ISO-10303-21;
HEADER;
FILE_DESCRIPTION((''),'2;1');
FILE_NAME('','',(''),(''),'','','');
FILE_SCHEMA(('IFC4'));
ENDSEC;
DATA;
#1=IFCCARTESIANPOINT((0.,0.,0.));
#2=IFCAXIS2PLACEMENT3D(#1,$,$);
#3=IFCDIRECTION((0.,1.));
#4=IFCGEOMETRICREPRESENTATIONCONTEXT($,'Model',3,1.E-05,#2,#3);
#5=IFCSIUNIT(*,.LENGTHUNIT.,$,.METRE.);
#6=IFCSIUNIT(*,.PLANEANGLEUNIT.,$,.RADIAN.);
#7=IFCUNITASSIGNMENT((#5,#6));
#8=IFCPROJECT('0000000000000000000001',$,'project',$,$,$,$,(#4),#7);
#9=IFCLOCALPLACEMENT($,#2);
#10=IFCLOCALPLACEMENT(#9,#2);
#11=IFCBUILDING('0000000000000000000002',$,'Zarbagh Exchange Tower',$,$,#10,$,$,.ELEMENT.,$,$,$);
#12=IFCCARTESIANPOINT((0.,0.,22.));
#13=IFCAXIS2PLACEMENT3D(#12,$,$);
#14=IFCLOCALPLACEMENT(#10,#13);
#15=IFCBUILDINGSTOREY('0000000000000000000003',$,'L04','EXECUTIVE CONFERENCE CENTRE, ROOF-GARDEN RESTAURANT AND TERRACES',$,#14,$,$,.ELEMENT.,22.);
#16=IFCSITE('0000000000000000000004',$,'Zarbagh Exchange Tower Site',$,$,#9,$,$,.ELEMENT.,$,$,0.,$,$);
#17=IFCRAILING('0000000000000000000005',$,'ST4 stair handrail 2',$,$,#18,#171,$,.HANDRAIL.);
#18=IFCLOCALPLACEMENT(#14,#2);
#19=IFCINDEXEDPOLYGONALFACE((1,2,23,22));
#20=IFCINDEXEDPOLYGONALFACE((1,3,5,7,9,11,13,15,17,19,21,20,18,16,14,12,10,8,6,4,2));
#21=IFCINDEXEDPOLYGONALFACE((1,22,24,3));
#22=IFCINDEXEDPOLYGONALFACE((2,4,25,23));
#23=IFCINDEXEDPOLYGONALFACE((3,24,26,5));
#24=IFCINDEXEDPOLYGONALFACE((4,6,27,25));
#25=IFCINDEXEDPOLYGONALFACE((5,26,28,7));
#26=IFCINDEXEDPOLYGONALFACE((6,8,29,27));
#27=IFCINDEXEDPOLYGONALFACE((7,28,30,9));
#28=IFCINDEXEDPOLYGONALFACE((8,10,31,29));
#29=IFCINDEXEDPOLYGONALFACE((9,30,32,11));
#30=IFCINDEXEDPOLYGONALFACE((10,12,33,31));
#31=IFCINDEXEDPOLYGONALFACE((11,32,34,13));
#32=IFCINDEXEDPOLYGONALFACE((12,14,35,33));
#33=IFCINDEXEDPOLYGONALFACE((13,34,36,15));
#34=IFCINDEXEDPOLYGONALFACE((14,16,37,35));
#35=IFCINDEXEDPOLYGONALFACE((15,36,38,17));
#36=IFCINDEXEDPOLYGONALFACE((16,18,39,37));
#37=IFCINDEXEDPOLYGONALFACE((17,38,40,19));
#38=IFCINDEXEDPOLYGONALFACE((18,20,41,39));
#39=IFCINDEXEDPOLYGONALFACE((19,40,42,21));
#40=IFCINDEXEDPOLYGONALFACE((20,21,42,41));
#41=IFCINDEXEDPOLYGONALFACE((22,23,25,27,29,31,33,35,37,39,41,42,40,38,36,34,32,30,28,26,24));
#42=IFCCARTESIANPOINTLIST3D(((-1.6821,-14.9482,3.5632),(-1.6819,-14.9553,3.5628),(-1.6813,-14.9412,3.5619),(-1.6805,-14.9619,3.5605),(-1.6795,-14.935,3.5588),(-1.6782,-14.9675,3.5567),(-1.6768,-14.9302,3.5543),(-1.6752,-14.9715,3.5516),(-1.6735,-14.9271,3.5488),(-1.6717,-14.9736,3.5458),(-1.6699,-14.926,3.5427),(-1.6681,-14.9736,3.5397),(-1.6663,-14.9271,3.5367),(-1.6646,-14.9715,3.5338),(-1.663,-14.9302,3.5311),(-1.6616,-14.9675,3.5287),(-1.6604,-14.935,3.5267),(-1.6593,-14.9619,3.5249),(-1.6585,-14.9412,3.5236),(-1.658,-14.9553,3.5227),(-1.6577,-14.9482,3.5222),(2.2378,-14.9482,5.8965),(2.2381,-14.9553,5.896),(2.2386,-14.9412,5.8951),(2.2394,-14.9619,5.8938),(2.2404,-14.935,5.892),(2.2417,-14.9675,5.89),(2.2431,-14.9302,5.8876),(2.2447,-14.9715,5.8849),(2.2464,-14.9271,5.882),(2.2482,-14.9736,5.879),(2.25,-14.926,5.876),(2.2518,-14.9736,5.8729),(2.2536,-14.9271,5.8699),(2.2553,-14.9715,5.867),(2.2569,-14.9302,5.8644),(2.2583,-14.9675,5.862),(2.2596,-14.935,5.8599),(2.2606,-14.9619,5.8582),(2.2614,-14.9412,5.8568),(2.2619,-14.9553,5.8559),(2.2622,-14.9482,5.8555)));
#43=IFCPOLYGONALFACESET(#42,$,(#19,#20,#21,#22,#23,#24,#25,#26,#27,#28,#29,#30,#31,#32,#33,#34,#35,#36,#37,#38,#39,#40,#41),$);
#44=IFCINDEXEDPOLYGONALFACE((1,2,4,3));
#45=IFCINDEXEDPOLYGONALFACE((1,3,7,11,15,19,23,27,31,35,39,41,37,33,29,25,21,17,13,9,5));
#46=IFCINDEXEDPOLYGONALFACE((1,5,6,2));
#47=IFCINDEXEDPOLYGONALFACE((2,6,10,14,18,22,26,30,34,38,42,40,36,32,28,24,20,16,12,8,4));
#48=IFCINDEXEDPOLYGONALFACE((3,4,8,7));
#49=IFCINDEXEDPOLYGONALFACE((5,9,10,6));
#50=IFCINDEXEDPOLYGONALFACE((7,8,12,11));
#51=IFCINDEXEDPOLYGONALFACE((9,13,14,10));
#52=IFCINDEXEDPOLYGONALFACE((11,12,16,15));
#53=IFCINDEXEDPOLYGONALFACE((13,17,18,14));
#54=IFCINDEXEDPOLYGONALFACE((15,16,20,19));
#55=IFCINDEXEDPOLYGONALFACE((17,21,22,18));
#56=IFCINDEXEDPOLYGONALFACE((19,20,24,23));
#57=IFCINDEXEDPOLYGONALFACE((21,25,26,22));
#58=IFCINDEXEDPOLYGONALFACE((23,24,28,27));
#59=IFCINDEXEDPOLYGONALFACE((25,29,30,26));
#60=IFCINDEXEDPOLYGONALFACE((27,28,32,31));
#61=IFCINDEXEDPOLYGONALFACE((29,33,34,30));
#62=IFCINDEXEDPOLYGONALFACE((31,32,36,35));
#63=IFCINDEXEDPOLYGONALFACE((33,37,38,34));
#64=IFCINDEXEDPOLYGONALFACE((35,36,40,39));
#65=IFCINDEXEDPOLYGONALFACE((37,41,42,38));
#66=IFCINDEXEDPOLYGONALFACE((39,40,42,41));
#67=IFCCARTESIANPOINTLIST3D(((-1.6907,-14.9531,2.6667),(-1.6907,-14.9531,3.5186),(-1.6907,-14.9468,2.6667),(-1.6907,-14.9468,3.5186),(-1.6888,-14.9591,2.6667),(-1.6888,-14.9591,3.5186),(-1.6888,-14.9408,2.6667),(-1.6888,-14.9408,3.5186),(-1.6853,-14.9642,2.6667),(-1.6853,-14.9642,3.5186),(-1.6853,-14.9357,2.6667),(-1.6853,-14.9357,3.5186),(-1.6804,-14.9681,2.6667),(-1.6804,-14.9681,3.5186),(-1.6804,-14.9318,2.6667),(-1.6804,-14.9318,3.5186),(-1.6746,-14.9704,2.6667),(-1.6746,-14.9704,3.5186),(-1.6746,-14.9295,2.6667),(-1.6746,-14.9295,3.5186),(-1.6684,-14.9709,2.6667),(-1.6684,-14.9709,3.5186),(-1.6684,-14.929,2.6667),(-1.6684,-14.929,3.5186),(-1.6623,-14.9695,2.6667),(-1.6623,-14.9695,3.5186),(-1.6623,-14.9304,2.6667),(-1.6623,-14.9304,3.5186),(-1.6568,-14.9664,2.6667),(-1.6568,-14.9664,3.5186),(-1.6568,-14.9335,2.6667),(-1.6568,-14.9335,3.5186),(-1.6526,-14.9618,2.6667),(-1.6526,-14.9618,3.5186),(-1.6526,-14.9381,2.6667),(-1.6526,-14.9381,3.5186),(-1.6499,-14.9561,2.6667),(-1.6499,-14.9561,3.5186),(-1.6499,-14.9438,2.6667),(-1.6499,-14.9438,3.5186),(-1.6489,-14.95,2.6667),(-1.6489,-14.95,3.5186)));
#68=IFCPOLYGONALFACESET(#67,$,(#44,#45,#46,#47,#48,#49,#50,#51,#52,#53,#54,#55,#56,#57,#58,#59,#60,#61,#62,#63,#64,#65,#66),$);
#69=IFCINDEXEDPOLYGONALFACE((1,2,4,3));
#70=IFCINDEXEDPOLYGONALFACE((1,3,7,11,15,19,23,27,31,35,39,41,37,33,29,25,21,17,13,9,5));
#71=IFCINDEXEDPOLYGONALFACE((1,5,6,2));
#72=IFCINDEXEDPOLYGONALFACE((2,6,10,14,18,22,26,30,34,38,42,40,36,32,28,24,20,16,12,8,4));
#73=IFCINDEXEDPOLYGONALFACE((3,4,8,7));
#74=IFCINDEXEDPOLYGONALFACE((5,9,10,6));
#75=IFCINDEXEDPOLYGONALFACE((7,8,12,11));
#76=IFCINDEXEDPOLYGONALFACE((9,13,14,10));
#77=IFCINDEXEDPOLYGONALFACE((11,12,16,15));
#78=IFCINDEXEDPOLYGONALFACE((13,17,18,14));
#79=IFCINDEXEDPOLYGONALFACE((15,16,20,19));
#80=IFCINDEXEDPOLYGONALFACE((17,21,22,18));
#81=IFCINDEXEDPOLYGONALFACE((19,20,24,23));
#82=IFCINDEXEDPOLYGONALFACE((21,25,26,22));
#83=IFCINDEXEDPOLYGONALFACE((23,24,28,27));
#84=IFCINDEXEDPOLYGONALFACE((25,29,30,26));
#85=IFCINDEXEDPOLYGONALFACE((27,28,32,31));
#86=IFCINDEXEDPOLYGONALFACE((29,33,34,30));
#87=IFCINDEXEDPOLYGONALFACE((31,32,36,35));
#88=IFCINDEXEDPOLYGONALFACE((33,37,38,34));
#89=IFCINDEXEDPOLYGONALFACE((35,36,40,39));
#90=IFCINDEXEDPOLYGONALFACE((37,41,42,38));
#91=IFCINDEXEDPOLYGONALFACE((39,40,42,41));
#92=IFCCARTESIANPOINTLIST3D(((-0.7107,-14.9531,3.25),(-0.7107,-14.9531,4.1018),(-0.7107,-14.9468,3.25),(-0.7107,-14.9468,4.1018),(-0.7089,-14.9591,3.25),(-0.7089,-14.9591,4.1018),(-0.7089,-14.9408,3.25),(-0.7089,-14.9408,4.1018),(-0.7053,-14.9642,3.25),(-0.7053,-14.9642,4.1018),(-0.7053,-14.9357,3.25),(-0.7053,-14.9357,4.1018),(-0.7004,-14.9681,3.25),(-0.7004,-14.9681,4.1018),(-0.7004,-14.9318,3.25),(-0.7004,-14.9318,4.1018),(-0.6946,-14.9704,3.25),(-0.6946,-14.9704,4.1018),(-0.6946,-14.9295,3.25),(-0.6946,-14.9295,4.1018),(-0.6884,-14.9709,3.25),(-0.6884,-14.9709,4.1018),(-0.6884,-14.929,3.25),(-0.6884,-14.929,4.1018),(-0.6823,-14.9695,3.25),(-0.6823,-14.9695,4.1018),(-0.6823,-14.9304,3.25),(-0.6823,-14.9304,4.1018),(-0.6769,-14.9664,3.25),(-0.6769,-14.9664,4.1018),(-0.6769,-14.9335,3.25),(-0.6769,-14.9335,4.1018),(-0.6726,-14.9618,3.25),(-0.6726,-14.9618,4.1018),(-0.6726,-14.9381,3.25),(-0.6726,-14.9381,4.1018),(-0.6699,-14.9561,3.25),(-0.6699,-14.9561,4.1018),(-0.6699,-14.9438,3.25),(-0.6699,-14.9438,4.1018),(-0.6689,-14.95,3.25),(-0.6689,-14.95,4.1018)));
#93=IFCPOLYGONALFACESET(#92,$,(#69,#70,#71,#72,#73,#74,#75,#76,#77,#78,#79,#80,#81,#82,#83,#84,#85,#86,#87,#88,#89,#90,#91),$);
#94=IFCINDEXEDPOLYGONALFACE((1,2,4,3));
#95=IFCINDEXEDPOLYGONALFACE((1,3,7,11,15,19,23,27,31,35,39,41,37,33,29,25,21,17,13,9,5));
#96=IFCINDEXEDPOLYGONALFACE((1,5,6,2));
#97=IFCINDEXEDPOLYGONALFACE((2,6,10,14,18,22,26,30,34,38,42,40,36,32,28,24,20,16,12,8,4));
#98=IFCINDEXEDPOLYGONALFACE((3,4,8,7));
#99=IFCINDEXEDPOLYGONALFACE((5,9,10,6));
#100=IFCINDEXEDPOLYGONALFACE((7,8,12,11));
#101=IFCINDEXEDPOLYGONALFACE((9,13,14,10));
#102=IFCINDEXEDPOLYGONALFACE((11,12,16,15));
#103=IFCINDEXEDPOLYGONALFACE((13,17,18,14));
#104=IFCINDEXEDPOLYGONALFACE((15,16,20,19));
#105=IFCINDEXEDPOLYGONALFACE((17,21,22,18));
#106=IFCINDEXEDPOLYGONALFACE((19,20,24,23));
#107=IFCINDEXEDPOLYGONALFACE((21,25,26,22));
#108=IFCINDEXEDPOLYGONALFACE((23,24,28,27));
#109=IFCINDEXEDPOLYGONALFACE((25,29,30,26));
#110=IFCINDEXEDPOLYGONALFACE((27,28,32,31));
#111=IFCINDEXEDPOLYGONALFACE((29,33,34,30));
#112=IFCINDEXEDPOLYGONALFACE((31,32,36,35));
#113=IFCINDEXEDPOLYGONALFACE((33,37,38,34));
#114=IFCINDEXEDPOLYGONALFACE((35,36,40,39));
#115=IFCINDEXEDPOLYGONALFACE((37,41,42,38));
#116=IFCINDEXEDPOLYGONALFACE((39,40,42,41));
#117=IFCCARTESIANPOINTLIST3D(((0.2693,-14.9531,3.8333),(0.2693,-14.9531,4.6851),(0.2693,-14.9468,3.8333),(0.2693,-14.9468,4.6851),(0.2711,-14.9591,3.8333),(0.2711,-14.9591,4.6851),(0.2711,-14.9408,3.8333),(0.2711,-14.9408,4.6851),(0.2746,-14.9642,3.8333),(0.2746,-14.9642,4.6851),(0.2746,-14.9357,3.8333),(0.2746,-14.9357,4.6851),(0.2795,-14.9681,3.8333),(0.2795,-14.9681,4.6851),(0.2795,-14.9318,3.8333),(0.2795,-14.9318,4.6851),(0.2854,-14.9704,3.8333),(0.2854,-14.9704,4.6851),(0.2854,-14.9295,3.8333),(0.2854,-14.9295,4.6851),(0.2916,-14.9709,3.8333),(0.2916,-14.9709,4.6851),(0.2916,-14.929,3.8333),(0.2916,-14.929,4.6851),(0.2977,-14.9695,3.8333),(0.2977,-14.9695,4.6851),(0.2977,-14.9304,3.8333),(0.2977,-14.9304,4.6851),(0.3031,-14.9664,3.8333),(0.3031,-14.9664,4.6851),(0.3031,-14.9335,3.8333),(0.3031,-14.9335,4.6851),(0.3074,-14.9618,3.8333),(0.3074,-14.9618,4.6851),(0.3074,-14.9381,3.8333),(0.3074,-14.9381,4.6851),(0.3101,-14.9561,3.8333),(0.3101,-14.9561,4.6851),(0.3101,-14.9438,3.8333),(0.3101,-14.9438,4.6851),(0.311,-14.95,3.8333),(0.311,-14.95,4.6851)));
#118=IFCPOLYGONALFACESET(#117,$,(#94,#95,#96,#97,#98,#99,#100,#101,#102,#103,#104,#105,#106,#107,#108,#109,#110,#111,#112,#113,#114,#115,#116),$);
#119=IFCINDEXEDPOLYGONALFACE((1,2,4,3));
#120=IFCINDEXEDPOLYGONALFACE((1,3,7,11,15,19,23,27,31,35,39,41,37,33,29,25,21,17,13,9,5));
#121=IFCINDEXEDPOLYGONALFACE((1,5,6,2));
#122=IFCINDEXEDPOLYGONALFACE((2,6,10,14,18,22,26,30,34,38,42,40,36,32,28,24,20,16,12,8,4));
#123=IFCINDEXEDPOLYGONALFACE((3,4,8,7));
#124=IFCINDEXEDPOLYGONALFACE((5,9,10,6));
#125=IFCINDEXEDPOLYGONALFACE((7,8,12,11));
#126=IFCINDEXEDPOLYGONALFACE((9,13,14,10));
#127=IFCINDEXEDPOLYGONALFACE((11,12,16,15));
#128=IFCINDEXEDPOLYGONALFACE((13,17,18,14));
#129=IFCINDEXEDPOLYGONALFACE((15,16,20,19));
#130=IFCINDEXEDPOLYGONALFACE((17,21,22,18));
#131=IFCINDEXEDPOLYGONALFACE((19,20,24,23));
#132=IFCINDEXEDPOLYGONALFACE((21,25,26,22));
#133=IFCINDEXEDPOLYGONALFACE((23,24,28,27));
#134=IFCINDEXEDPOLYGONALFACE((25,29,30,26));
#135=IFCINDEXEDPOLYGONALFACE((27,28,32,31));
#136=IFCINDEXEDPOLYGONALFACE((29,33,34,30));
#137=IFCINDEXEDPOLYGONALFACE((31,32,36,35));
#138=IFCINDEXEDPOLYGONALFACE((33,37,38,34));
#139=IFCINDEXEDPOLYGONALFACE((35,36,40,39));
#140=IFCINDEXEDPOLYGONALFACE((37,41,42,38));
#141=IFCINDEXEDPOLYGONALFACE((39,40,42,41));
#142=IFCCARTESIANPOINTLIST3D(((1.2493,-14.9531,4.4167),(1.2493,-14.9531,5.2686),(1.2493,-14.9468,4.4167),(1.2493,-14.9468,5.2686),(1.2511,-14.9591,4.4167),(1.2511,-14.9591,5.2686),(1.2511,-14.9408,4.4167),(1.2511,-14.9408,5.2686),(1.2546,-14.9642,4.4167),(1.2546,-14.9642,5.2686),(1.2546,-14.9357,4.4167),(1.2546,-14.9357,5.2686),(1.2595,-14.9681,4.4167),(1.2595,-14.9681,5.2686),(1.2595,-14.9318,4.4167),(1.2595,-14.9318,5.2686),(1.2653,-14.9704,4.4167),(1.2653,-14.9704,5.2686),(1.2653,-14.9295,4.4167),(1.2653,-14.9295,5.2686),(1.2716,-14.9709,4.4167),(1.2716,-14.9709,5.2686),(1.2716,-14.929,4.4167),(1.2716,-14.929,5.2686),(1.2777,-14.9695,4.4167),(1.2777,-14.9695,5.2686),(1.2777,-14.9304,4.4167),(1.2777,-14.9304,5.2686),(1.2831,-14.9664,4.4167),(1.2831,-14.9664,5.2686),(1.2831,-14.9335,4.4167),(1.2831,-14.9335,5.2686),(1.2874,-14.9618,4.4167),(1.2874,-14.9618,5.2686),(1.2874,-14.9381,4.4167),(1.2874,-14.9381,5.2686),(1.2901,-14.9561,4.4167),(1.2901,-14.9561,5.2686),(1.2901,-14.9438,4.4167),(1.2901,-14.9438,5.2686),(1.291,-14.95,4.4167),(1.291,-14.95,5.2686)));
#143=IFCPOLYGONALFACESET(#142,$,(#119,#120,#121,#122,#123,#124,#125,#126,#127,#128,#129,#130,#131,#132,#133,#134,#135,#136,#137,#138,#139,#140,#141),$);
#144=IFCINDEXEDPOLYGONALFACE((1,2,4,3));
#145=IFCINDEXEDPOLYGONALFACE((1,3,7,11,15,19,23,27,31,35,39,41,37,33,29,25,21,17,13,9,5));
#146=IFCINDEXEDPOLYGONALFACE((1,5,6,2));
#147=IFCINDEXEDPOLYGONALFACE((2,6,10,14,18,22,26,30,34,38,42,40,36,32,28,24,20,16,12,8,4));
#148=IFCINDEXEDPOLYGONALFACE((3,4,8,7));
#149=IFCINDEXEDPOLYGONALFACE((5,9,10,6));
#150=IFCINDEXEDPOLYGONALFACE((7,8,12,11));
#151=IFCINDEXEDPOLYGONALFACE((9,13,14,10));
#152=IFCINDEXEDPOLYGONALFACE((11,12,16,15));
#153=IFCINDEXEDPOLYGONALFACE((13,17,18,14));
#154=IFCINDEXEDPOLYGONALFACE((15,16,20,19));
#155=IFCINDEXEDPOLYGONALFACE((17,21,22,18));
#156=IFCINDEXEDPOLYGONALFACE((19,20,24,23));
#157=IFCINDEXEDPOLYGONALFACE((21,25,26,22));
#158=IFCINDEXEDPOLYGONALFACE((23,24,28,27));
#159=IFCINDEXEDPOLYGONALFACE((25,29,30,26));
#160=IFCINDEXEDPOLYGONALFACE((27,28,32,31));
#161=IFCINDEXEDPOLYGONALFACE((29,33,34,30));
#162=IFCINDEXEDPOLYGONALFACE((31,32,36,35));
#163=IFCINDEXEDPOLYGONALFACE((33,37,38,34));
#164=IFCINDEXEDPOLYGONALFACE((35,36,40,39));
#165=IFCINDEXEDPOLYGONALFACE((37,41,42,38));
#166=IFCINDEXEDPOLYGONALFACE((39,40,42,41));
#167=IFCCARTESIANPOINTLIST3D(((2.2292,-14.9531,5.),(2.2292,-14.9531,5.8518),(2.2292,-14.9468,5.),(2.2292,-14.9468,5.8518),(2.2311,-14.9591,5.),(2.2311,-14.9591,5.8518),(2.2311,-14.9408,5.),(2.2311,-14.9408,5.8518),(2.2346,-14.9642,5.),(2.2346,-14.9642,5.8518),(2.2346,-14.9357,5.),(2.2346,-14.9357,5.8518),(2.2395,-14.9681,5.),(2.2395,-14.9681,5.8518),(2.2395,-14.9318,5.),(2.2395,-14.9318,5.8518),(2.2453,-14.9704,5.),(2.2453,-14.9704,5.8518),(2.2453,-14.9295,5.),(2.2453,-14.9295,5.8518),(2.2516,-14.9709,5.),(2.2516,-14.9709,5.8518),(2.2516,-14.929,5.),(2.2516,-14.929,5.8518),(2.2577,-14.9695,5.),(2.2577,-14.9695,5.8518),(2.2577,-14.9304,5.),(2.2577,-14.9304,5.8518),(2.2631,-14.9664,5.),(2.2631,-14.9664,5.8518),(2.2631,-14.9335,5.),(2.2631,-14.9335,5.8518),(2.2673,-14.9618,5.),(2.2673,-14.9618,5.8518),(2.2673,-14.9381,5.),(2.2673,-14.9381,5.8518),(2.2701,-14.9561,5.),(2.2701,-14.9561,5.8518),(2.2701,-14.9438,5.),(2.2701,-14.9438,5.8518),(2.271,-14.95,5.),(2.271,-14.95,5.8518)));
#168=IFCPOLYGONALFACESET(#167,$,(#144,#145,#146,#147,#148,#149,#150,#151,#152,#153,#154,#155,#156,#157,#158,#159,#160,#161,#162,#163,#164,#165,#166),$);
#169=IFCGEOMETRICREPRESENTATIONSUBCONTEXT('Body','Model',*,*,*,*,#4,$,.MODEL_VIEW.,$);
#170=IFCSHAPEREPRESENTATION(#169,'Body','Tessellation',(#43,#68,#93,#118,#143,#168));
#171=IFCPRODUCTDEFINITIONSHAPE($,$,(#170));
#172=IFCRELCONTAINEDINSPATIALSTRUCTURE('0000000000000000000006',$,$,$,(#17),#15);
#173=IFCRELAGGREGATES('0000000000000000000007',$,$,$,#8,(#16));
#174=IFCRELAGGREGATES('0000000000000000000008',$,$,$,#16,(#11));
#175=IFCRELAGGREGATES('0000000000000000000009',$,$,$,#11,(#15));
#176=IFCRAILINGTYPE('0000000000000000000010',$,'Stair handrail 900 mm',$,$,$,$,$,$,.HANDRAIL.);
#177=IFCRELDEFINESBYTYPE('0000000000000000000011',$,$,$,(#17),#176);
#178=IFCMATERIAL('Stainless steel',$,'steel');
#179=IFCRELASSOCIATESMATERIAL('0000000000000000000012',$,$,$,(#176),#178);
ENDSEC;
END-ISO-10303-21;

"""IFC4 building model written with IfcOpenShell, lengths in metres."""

from ifc_helpers import new_model, si_unit, direction, frame, origin, origin_2d, place, context, subcontext, project, spatial, circle, extrude, material, type_object, element, save


model = new_model("IFC4")

# Units and contexts
model_context = context("Model", 3, precision=1e-05, world=origin(), true_north=direction((0.0, 1.0)))
body_context = subcontext(model_context, "Body", "Model", "MODEL_VIEW")
ifc_project = project(units=[si_unit("LENGTHUNIT", "METRE"), si_unit("PLANEANGLEUNIT", "RADIAN")], contexts=[model_context])

# Site, building, storey
site_placement = place(None, origin())
site = spatial("IfcSite", under=ifc_project, at=site_placement, Name="Zarbagh Exchange Tower Site", CompositionType="ELEMENT", RefElevation=0.0)
building_placement = place(site_placement, origin())
building = spatial("IfcBuilding", under=site, at=building_placement, Name="Zarbagh Exchange Tower", CompositionType="ELEMENT")
storey_placement = place(building_placement, frame((0.0, 0.0, 22.0)))
storey = spatial("IfcBuildingStorey", under=building, at=storey_placement, Name="L04", Description="EXECUTIVE CONFERENCE CENTRE, ROOF-GARDEN RESTAURANT AND TERRACES", CompositionType="ELEMENT", Elevation=22.0)

# Railing
ifc_material_1 = material(Name="Stainless steel", Category="steel")
railing_type_1 = type_object("IfcRailingType", Name="Stair handrail 900 mm", PredefinedType="HANDRAIL", material=ifc_material_1)
for number, where, name in (
    (1, (-1.6699, -14.95, 2.6667), "ST4 stair handrail 2"),
):
    element("IfcRailing", number, at=place(storey_placement, frame(where)), inside=storey, type_object=railing_type_1, Name=name, PredefinedType="HANDRAIL", context=body_context, shape_type="SweptSolid", body=[
        extrude(circle(Radius=0.0239, at=origin_2d()), frame((0.0, 0.0, 0.876), z_axis=(0.859296, 0.0, 0.511478), x_axis=(0.0, 1.0, 0.0)), (0.0, 0.0, 1.0), 4.5618),
        extrude(circle(Radius=0.021, at=origin_2d()), origin(), (0.0, 0.0, 1.0), 0.8518),
        extrude(circle(Radius=0.021, at=origin_2d()), frame((0.98, 0.0, 0.5833)), (0.0, 0.0, 1.0), 0.8518),
        extrude(circle(Radius=0.021, at=origin_2d()), frame((1.96, 0.0, 1.1665)), (0.0, 0.0, 1.0), 0.8518),
        extrude(circle(Radius=0.021, at=origin_2d()), frame((2.9399, 0.0, 1.75)), (0.0, 0.0, 1.0), 0.8518),
        extrude(circle(Radius=0.021, at=origin_2d()), frame((3.9199, 0.0, 2.3333)), (0.0, 0.0, 1.0), 0.8518),
    ])

save(model, "model.ifc")
